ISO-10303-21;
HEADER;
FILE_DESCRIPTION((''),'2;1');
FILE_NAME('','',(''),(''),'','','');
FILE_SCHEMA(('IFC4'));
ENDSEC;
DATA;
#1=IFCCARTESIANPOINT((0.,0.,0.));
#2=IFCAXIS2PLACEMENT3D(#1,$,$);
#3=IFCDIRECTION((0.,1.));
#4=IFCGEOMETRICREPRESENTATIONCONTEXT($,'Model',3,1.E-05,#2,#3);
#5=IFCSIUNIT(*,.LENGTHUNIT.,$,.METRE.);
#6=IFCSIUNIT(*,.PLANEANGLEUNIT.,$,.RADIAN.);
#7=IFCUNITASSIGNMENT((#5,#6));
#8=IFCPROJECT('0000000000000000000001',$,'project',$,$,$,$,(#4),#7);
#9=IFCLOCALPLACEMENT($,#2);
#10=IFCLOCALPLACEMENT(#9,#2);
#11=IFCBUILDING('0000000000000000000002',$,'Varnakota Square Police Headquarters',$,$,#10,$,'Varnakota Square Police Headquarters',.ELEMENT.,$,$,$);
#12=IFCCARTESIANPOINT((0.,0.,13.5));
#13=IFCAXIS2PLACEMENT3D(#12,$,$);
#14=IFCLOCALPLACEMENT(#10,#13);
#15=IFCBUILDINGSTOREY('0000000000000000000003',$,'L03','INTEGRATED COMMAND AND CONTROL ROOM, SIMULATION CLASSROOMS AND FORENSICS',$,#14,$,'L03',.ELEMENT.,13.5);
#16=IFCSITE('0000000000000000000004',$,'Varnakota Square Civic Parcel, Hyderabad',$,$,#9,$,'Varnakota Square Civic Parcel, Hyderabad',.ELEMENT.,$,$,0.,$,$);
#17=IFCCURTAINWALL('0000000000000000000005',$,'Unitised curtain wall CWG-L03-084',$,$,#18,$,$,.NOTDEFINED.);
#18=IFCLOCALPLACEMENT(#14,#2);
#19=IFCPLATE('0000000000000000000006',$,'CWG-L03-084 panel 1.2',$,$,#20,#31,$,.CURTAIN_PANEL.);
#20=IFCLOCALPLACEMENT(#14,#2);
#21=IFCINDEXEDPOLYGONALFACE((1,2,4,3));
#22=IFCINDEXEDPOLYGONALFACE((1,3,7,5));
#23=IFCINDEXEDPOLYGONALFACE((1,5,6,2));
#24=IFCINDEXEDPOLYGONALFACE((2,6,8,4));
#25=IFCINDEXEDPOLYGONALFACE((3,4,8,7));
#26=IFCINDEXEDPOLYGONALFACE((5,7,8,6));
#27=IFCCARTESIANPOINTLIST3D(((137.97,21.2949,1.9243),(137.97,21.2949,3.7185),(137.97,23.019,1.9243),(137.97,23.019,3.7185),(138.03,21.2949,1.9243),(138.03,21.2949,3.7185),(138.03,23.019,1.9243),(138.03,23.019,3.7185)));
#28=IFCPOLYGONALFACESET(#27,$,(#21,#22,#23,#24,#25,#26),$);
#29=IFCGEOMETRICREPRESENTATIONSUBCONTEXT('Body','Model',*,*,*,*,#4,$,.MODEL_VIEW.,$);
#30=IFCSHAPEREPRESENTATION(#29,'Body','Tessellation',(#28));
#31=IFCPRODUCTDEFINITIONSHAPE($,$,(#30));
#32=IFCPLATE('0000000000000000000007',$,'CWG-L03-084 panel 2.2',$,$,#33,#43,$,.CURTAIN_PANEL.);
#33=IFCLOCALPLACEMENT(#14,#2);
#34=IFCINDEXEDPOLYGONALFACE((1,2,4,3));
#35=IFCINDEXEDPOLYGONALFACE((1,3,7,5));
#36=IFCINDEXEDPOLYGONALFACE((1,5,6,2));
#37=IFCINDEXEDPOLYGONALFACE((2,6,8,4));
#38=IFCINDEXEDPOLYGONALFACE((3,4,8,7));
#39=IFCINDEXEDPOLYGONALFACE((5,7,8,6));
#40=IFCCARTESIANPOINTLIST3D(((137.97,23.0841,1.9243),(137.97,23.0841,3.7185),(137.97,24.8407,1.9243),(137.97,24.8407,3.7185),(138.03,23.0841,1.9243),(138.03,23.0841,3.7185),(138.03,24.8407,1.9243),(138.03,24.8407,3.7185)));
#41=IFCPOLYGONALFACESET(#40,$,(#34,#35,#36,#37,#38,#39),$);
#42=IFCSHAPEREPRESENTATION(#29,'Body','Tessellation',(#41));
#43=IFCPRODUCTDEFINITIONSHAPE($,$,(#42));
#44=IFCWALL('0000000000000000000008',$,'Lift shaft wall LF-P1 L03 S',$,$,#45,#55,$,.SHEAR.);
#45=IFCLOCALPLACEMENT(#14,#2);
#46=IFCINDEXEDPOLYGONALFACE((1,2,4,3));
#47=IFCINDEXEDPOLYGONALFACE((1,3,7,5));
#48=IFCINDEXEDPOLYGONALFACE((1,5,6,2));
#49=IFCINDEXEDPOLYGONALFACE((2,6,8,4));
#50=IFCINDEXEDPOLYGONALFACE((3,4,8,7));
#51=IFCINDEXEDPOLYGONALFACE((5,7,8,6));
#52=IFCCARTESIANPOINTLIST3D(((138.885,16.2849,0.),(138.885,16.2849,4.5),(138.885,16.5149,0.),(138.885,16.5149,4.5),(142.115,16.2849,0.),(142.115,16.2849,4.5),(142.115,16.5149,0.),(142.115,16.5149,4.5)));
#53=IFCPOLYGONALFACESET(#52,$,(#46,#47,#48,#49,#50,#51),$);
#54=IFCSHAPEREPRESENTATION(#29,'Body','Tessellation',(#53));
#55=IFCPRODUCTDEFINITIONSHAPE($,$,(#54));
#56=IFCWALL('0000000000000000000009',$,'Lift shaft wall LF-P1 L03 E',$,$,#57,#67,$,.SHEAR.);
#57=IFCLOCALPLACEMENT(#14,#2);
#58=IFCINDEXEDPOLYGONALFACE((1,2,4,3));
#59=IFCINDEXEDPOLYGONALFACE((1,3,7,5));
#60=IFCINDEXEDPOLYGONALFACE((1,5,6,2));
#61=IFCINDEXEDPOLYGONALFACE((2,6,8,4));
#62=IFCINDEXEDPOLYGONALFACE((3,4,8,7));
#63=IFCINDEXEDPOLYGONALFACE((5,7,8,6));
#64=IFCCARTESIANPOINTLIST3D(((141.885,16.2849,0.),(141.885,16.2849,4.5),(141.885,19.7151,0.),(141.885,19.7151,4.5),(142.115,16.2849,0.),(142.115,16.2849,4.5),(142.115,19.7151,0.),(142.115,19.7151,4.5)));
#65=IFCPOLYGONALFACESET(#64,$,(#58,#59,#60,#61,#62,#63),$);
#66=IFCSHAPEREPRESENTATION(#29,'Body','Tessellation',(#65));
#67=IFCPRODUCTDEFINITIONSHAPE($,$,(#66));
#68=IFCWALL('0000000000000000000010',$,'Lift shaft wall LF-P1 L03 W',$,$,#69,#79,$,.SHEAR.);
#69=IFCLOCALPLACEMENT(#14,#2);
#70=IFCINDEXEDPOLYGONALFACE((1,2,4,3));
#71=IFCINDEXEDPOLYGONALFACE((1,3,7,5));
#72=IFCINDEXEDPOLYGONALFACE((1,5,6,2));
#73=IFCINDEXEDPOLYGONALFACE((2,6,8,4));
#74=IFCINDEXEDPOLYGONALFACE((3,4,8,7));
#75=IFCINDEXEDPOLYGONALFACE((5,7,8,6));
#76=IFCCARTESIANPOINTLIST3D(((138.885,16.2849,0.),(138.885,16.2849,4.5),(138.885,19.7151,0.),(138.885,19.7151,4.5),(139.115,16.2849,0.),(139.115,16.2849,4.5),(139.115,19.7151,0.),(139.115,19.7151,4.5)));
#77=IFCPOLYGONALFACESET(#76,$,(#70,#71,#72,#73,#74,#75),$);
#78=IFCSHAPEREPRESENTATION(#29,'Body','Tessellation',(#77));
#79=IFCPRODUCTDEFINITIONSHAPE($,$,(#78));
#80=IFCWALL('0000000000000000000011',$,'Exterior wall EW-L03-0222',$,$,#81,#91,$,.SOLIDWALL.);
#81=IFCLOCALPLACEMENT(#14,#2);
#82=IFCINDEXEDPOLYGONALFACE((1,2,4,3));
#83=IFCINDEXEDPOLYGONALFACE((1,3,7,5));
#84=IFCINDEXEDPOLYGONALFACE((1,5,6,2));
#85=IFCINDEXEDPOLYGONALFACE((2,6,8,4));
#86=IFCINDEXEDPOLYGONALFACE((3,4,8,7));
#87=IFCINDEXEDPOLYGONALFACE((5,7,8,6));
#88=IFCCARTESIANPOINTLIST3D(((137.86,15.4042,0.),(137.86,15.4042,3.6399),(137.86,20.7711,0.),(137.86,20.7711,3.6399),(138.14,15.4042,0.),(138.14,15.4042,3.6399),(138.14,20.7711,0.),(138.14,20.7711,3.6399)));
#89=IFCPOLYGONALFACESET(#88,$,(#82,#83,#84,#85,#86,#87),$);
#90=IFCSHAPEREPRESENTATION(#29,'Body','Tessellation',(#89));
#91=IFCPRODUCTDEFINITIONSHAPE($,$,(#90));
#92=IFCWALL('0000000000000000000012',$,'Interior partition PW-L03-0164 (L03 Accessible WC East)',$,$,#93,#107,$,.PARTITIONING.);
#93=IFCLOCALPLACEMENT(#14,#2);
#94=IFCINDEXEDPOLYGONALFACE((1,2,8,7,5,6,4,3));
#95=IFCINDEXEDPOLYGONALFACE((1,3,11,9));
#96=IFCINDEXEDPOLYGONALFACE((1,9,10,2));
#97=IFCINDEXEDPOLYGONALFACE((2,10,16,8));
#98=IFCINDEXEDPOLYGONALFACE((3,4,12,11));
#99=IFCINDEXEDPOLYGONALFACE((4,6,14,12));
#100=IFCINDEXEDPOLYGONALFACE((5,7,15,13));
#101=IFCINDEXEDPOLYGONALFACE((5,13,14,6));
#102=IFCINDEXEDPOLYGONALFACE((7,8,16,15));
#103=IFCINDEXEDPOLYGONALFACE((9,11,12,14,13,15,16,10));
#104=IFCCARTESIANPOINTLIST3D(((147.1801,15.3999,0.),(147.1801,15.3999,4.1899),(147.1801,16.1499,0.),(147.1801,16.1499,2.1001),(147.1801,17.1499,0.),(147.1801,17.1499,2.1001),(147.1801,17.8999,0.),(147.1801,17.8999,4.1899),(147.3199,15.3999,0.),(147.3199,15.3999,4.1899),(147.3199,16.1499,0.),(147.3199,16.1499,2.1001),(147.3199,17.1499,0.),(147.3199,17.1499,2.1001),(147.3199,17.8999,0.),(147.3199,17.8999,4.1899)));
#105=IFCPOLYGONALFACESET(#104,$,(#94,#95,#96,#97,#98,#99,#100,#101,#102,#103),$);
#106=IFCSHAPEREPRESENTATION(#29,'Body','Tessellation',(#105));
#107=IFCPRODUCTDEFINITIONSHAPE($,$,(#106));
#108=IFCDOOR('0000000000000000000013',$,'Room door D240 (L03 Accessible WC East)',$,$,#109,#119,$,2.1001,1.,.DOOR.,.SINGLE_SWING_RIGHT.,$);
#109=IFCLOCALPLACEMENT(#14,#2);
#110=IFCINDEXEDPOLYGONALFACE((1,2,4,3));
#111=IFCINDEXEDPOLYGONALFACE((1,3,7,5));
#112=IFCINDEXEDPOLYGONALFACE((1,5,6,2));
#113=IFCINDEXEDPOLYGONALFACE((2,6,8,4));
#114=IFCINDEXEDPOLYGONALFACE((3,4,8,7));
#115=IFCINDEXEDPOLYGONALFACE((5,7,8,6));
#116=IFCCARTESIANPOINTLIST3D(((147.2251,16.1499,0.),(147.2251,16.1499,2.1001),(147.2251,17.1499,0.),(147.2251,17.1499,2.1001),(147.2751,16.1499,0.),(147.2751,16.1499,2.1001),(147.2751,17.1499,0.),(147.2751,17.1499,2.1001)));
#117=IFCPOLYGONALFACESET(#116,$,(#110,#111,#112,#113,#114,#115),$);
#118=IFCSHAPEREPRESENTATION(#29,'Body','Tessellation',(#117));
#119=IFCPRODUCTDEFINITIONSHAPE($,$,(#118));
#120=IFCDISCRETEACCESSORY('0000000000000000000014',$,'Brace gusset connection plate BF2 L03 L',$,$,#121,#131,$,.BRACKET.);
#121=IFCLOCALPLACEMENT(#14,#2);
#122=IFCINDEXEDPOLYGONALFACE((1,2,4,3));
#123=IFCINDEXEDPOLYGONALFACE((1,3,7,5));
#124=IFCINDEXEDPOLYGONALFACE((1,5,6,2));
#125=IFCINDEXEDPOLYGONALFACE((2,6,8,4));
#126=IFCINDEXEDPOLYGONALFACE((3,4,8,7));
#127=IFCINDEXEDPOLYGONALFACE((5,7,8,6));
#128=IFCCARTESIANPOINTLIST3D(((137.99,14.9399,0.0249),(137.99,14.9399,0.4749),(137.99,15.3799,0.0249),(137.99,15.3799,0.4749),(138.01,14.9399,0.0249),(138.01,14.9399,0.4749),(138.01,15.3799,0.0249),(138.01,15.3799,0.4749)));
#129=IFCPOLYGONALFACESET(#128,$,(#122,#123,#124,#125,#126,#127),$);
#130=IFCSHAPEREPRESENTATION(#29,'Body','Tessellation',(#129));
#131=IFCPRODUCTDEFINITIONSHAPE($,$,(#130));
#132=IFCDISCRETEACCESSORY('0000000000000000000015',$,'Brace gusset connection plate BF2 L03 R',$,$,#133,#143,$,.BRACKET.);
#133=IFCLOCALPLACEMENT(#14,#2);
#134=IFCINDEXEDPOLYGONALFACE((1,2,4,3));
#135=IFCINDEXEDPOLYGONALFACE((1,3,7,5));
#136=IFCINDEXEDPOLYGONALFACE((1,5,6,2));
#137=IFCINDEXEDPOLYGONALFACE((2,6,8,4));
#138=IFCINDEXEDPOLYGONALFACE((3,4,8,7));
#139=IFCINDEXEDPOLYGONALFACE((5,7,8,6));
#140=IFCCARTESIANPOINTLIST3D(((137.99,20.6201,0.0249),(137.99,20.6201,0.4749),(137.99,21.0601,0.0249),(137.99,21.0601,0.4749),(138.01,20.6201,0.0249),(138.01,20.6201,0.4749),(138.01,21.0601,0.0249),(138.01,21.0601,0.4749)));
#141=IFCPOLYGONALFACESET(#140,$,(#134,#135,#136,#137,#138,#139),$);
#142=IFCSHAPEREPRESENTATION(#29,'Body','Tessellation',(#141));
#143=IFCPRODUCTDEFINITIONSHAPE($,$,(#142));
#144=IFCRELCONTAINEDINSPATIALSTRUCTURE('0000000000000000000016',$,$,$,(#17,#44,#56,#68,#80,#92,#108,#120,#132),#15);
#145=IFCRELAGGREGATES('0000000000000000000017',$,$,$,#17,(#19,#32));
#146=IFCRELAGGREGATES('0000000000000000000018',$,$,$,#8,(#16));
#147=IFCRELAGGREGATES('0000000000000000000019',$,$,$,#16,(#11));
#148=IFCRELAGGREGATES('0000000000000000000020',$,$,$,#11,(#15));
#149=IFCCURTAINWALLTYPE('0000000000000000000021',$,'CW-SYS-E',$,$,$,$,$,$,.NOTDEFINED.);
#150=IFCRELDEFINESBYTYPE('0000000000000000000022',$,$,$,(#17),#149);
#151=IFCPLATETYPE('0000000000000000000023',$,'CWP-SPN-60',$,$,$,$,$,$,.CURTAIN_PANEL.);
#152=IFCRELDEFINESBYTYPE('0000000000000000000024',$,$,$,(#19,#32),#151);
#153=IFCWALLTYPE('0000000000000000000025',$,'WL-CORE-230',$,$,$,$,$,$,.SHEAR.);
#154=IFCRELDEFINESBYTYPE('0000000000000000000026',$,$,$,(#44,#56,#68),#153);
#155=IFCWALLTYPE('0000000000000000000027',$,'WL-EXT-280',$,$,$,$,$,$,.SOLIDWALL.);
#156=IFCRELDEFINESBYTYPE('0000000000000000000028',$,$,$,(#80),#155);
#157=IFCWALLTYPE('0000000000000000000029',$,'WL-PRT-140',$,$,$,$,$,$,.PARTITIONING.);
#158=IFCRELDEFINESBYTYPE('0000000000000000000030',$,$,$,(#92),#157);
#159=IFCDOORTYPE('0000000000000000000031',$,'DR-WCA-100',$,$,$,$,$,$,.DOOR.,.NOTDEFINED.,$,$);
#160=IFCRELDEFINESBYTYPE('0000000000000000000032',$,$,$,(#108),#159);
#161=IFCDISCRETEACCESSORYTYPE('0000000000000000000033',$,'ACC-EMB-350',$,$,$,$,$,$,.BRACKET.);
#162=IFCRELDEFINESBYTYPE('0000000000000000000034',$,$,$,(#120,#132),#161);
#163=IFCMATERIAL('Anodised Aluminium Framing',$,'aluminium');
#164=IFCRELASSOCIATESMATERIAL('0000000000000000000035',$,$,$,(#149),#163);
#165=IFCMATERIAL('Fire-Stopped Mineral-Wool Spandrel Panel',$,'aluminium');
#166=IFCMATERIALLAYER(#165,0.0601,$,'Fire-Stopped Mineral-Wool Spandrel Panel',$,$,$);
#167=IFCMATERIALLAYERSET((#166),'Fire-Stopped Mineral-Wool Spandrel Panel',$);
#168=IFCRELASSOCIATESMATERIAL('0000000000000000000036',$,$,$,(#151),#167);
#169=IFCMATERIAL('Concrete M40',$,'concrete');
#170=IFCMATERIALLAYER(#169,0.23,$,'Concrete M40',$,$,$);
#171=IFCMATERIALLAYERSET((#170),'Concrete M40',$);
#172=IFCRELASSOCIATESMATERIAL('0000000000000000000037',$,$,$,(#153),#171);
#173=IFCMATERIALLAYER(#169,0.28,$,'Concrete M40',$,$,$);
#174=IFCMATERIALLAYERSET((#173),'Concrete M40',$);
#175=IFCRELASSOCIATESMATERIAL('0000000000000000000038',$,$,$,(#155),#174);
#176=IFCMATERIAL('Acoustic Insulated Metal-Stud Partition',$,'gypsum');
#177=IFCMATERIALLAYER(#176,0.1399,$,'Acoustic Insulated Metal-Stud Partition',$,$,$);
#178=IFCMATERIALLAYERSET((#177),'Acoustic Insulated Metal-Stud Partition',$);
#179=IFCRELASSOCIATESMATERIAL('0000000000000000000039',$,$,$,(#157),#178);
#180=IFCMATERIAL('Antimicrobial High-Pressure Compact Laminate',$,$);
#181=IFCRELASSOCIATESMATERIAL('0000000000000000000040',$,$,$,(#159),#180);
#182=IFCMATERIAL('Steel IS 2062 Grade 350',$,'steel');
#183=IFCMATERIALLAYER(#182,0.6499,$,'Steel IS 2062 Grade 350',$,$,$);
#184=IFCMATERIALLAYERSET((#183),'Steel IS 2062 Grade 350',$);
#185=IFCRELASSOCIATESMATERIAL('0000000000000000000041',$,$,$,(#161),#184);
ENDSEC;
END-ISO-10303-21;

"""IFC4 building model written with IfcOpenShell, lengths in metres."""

from ifc_helpers import new_model, si_unit, direction, frame, frame_2d, origin, origin_2d, place, context, subcontext, project, spatial, rectangle, extrude, material, layer, layer_set, type_object, element, fill, aggregate, save


model = new_model("IFC4")

# Units and contexts
model_context = context("Model", 3, precision=1e-05, world=origin(), true_north=direction((0.0, 1.0)))
body_context = subcontext(model_context, "Body", "Model", "MODEL_VIEW")
ifc_project = project(units=[si_unit("LENGTHUNIT", "METRE"), si_unit("PLANEANGLEUNIT", "RADIAN")], contexts=[model_context])

# Site, building, storey
site_placement = place(None, origin())
site = spatial("IfcSite", under=ifc_project, at=site_placement, Name="Varnakota Square Civic Parcel, Hyderabad", LongName="Varnakota Square Civic Parcel, Hyderabad", CompositionType="ELEMENT", RefElevation=0.0)
building_placement = place(site_placement, origin())
building = spatial("IfcBuilding", under=site, at=building_placement, Name="Varnakota Square Police Headquarters", LongName="Varnakota Square Police Headquarters", CompositionType="ELEMENT")
storey_placement = place(building_placement, frame((0.0, 0.0, 13.5)))
storey = spatial("IfcBuildingStorey", under=building, at=storey_placement, Name="L03", Description="INTEGRATED COMMAND AND CONTROL ROOM, SIMULATION CLASSROOMS AND FORENSICS", LongName="L03", CompositionType="ELEMENT", Elevation=13.5)

# Shared definitions
ifc_material_1 = material(Name="Steel IS 2062 Grade 350", Category="steel")

# Curtain wall
ifc_material_2 = material(Name="Anodised Aluminium Framing", Category="aluminium")
curtain_wall_type = type_object("IfcCurtainWallType", Name="CW-SYS-E", PredefinedType="NOTDEFINED", material=ifc_material_2)
curtain_wall_placement = place(storey_placement, origin())
curtain_wall = element("IfcCurtainWall", 1, at=curtain_wall_placement, inside=storey, type_object=curtain_wall_type, Name="Unitised curtain wall CWG-L03-084", PredefinedType="NOTDEFINED")

# Plates
ifc_material_3 = material(Name="Fire-Stopped Mineral-Wool Spandrel Panel", Category="aluminium")
ifc_layer_1 = layer(ifc_material_3, 0.0601, Name="Fire-Stopped Mineral-Wool Spandrel Panel")
ifc_layer_set_1 = layer_set([ifc_layer_1], Name="Fire-Stopped Mineral-Wool Spandrel Panel")
plate_type_1 = type_object("IfcPlateType", Name="CWP-SPN-60", PredefinedType="CURTAIN_PANEL", material=ifc_layer_set_1)
plate_1_placement = place(storey_placement, frame((138.0, 22.157, 1.9243), z_axis=(0.0, 0.0, 1.0), x_axis=(0.0, 1.0, 0.0)))
plate_1 = element("IfcPlate", 2, at=plate_1_placement, type_object=plate_type_1, Name="CWG-L03-084 panel 1.2", PredefinedType="CURTAIN_PANEL", context=body_context, shape_type="SweptSolid", body=[
    extrude(rectangle(XDim=1.7241, YDim=0.0601, at=origin_2d()), origin(), (0.0, 0.0, 1.0), 1.7942),
])
plate_2_placement = place(storey_placement, frame((138.0, 23.9624, 1.9243), z_axis=(0.0, 0.0, 1.0), x_axis=(0.0, 1.0, 0.0)))
plate_2 = element("IfcPlate", 3, at=plate_2_placement, type_object=plate_type_1, Name="CWG-L03-084 panel 2.2", PredefinedType="CURTAIN_PANEL", context=body_context, shape_type="SweptSolid", body=[
    extrude(rectangle(XDim=1.7566, YDim=0.0601, at=origin_2d()), origin(), (0.0, 0.0, 1.0), 1.7942),
])
aggregate(curtain_wall, [plate_1, plate_2])

# Walls
ifc_material_4 = material(Name="Concrete M40", Category="concrete")
ifc_layer_2 = layer(ifc_material_4, 0.23, Name="Concrete M40")
ifc_layer_set_2 = layer_set([ifc_layer_2], Name="Concrete M40")
wall_type_1 = type_object("IfcWallType", Name="WL-CORE-230", PredefinedType="SHEAR", material=ifc_layer_set_2)
wall_1_placement = place(storey_placement, frame((138.885, 16.3999, 0.0), z_axis=(0.0, 0.0, 1.0), x_axis=(1.0, 0.0, 0.0)))
element("IfcWall", 4, at=wall_1_placement, inside=storey, type_object=wall_type_1, Name="Lift shaft wall LF-P1 L03 S", PredefinedType="SHEAR", context=body_context, shape_type="SweptSolid", body=[
    extrude(rectangle(XDim=3.23, YDim=0.23, at=frame_2d((1.615, 0.0))), origin(), (0.0, 0.0, 1.0), 4.5),
])
wall_2_placement = place(storey_placement, frame((142.0, 16.2849, 0.0), z_axis=(0.0, 0.0, 1.0), x_axis=(0.0, 1.0, 0.0)))
element("IfcWall", 5, at=wall_2_placement, inside=storey, type_object=wall_type_1, Name="Lift shaft wall LF-P1 L03 E", PredefinedType="SHEAR", context=body_context, shape_type="SweptSolid", body=[
    extrude(rectangle(XDim=3.4302, YDim=0.23, at=frame_2d((1.7151, 0.0))), origin(), (0.0, 0.0, 1.0), 4.5),
])

# Walls
wall_3_placement = place(storey_placement, frame((139.0, 19.7151, 0.0), z_axis=(0.0, 0.0, 1.0), x_axis=(0.0, -1.0, 0.0)))
element("IfcWall", 6, at=wall_3_placement, inside=storey, type_object=wall_type_1, Name="Lift shaft wall LF-P1 L03 W", PredefinedType="SHEAR", context=body_context, shape_type="SweptSolid", body=[
    extrude(rectangle(XDim=3.4302, YDim=0.23, at=frame_2d((1.7151, 0.0))), origin(), (0.0, 0.0, 1.0), 4.5),
])
ifc_layer_3 = layer(ifc_material_4, 0.28, Name="Concrete M40")
ifc_layer_set_3 = layer_set([ifc_layer_3], Name="Concrete M40")
wall_type_2 = type_object("IfcWallType", Name="WL-EXT-280", PredefinedType="SOLIDWALL", material=ifc_layer_set_3)
wall_4_placement = place(storey_placement, frame((138.0, 15.4041, 0.0), z_axis=(0.0, 0.0, 1.0), x_axis=(0.0, 1.0, 0.0)))
element("IfcWall", 7, at=wall_4_placement, inside=storey, type_object=wall_type_2, Name="Exterior wall EW-L03-0222", PredefinedType="SOLIDWALL", context=body_context, shape_type="SweptSolid", body=[
    extrude(rectangle(XDim=5.3669, YDim=0.28, at=frame_2d((2.6836, 0.0))), origin(), (0.0, 0.0, 1.0), 3.6399),
])

# Wall, opening, door
ifc_material_5 = material(Name="Acoustic Insulated Metal-Stud Partition", Category="gypsum")
ifc_layer_4 = layer(ifc_material_5, 0.1399, Name="Acoustic Insulated Metal-Stud Partition")
ifc_layer_set_4 = layer_set([ifc_layer_4], Name="Acoustic Insulated Metal-Stud Partition")
wall_type_3 = type_object("IfcWallType", Name="WL-PRT-140", PredefinedType="PARTITIONING", material=ifc_layer_set_4)
wall_5_placement = place(storey_placement, frame((147.25, 15.3999, 0.0), z_axis=(0.0, 0.0, 1.0), x_axis=(0.0, 1.0, 0.0)))
wall_5 = element("IfcWall", 8, at=wall_5_placement, inside=storey, type_object=wall_type_3, Name="Interior partition PW-L03-0164 (L03 Accessible WC East)", PredefinedType="PARTITIONING", context=body_context, shape_type="SweptSolid", body=[
    extrude(rectangle(XDim=2.5, YDim=0.1399, at=frame_2d((1.25, 0.0))), origin(), (0.0, 0.0, 1.0), 4.1899),
])
opening_1_placement = place(wall_5_placement, frame((0.75, 0.0, 0.0)))
opening_1 = element("IfcOpeningElement", 9, at=opening_1_placement, cuts=wall_5, PredefinedType="OPENING", context=body_context, shape_type="SweptSolid", body=[
    extrude(rectangle(XDim=1.0, YDim=2.1001, at=frame_2d((0.5, 1.05))), frame((0.0, 0.0798, 0.0), z_axis=(0.0, -1.0, 0.0), x_axis=(1.0, 0.0, 0.0)), (0.0, 0.0, 1.0), 0.1599),
])
ifc_material_6 = material(Name="Antimicrobial High-Pressure Compact Laminate")
door_type_1 = type_object("IfcDoorType", Name="DR-WCA-100", OperationType="NOTDEFINED", PredefinedType="DOOR", material=ifc_material_6)
door_1_placement = place(opening_1_placement, origin())
door_1 = element("IfcDoor", 10, at=door_1_placement, inside=storey, type_object=door_type_1, Name="Room door D240 (L03 Accessible WC East)", OperationType="SINGLE_SWING_RIGHT", OverallHeight=2.1001, OverallWidth=1.0, PredefinedType="DOOR", context=body_context, shape_type="SweptSolid", body=[
    extrude(rectangle(XDim=1.0, YDim=2.1001, at=frame_2d((0.5, 1.05))), frame((0.0, 0.0249, 0.0), z_axis=(0.0, -1.0, 0.0), x_axis=(1.0, 0.0, 0.0)), (0.0, 0.0, 1.0), 0.05),
])
fill(opening_1, door_1)

# Discrete accessories
ifc_layer_5 = layer(ifc_material_1, 0.6499, Name="Steel IS 2062 Grade 350")
ifc_layer_set_5 = layer_set([ifc_layer_5], Name="Steel IS 2062 Grade 350")
discrete_accessory_type = type_object("IfcDiscreteAccessoryType", Name="ACC-EMB-350", PredefinedType="BRACKET", material=ifc_layer_set_5)
for number, where, z_axis, x_axis, name in (
    (11, (138.0, 15.1599, 0.0249), (0.0, 0.0, 1.0), (0.0, 1.0, 0.0), "Brace gusset connection plate BF2 L03 L"),
    (12, (138.0, 20.8401, 0.0249), (0.0, 0.0, 1.0), (0.0, 1.0, 0.0), "Brace gusset connection plate BF2 L03 R"),
):
    element("IfcDiscreteAccessory", number, at=place(storey_placement, frame(where, z_axis=z_axis, x_axis=x_axis)), inside=storey, type_object=discrete_accessory_type, Name=name, PredefinedType="BRACKET", context=body_context, shape_type="SweptSolid", body=[
        extrude(rectangle(XDim=0.4399, YDim=0.02, at=origin_2d()), origin(), (0.0, 0.0, 1.0), 0.45),
    ])

save(model, "model.ifc")
